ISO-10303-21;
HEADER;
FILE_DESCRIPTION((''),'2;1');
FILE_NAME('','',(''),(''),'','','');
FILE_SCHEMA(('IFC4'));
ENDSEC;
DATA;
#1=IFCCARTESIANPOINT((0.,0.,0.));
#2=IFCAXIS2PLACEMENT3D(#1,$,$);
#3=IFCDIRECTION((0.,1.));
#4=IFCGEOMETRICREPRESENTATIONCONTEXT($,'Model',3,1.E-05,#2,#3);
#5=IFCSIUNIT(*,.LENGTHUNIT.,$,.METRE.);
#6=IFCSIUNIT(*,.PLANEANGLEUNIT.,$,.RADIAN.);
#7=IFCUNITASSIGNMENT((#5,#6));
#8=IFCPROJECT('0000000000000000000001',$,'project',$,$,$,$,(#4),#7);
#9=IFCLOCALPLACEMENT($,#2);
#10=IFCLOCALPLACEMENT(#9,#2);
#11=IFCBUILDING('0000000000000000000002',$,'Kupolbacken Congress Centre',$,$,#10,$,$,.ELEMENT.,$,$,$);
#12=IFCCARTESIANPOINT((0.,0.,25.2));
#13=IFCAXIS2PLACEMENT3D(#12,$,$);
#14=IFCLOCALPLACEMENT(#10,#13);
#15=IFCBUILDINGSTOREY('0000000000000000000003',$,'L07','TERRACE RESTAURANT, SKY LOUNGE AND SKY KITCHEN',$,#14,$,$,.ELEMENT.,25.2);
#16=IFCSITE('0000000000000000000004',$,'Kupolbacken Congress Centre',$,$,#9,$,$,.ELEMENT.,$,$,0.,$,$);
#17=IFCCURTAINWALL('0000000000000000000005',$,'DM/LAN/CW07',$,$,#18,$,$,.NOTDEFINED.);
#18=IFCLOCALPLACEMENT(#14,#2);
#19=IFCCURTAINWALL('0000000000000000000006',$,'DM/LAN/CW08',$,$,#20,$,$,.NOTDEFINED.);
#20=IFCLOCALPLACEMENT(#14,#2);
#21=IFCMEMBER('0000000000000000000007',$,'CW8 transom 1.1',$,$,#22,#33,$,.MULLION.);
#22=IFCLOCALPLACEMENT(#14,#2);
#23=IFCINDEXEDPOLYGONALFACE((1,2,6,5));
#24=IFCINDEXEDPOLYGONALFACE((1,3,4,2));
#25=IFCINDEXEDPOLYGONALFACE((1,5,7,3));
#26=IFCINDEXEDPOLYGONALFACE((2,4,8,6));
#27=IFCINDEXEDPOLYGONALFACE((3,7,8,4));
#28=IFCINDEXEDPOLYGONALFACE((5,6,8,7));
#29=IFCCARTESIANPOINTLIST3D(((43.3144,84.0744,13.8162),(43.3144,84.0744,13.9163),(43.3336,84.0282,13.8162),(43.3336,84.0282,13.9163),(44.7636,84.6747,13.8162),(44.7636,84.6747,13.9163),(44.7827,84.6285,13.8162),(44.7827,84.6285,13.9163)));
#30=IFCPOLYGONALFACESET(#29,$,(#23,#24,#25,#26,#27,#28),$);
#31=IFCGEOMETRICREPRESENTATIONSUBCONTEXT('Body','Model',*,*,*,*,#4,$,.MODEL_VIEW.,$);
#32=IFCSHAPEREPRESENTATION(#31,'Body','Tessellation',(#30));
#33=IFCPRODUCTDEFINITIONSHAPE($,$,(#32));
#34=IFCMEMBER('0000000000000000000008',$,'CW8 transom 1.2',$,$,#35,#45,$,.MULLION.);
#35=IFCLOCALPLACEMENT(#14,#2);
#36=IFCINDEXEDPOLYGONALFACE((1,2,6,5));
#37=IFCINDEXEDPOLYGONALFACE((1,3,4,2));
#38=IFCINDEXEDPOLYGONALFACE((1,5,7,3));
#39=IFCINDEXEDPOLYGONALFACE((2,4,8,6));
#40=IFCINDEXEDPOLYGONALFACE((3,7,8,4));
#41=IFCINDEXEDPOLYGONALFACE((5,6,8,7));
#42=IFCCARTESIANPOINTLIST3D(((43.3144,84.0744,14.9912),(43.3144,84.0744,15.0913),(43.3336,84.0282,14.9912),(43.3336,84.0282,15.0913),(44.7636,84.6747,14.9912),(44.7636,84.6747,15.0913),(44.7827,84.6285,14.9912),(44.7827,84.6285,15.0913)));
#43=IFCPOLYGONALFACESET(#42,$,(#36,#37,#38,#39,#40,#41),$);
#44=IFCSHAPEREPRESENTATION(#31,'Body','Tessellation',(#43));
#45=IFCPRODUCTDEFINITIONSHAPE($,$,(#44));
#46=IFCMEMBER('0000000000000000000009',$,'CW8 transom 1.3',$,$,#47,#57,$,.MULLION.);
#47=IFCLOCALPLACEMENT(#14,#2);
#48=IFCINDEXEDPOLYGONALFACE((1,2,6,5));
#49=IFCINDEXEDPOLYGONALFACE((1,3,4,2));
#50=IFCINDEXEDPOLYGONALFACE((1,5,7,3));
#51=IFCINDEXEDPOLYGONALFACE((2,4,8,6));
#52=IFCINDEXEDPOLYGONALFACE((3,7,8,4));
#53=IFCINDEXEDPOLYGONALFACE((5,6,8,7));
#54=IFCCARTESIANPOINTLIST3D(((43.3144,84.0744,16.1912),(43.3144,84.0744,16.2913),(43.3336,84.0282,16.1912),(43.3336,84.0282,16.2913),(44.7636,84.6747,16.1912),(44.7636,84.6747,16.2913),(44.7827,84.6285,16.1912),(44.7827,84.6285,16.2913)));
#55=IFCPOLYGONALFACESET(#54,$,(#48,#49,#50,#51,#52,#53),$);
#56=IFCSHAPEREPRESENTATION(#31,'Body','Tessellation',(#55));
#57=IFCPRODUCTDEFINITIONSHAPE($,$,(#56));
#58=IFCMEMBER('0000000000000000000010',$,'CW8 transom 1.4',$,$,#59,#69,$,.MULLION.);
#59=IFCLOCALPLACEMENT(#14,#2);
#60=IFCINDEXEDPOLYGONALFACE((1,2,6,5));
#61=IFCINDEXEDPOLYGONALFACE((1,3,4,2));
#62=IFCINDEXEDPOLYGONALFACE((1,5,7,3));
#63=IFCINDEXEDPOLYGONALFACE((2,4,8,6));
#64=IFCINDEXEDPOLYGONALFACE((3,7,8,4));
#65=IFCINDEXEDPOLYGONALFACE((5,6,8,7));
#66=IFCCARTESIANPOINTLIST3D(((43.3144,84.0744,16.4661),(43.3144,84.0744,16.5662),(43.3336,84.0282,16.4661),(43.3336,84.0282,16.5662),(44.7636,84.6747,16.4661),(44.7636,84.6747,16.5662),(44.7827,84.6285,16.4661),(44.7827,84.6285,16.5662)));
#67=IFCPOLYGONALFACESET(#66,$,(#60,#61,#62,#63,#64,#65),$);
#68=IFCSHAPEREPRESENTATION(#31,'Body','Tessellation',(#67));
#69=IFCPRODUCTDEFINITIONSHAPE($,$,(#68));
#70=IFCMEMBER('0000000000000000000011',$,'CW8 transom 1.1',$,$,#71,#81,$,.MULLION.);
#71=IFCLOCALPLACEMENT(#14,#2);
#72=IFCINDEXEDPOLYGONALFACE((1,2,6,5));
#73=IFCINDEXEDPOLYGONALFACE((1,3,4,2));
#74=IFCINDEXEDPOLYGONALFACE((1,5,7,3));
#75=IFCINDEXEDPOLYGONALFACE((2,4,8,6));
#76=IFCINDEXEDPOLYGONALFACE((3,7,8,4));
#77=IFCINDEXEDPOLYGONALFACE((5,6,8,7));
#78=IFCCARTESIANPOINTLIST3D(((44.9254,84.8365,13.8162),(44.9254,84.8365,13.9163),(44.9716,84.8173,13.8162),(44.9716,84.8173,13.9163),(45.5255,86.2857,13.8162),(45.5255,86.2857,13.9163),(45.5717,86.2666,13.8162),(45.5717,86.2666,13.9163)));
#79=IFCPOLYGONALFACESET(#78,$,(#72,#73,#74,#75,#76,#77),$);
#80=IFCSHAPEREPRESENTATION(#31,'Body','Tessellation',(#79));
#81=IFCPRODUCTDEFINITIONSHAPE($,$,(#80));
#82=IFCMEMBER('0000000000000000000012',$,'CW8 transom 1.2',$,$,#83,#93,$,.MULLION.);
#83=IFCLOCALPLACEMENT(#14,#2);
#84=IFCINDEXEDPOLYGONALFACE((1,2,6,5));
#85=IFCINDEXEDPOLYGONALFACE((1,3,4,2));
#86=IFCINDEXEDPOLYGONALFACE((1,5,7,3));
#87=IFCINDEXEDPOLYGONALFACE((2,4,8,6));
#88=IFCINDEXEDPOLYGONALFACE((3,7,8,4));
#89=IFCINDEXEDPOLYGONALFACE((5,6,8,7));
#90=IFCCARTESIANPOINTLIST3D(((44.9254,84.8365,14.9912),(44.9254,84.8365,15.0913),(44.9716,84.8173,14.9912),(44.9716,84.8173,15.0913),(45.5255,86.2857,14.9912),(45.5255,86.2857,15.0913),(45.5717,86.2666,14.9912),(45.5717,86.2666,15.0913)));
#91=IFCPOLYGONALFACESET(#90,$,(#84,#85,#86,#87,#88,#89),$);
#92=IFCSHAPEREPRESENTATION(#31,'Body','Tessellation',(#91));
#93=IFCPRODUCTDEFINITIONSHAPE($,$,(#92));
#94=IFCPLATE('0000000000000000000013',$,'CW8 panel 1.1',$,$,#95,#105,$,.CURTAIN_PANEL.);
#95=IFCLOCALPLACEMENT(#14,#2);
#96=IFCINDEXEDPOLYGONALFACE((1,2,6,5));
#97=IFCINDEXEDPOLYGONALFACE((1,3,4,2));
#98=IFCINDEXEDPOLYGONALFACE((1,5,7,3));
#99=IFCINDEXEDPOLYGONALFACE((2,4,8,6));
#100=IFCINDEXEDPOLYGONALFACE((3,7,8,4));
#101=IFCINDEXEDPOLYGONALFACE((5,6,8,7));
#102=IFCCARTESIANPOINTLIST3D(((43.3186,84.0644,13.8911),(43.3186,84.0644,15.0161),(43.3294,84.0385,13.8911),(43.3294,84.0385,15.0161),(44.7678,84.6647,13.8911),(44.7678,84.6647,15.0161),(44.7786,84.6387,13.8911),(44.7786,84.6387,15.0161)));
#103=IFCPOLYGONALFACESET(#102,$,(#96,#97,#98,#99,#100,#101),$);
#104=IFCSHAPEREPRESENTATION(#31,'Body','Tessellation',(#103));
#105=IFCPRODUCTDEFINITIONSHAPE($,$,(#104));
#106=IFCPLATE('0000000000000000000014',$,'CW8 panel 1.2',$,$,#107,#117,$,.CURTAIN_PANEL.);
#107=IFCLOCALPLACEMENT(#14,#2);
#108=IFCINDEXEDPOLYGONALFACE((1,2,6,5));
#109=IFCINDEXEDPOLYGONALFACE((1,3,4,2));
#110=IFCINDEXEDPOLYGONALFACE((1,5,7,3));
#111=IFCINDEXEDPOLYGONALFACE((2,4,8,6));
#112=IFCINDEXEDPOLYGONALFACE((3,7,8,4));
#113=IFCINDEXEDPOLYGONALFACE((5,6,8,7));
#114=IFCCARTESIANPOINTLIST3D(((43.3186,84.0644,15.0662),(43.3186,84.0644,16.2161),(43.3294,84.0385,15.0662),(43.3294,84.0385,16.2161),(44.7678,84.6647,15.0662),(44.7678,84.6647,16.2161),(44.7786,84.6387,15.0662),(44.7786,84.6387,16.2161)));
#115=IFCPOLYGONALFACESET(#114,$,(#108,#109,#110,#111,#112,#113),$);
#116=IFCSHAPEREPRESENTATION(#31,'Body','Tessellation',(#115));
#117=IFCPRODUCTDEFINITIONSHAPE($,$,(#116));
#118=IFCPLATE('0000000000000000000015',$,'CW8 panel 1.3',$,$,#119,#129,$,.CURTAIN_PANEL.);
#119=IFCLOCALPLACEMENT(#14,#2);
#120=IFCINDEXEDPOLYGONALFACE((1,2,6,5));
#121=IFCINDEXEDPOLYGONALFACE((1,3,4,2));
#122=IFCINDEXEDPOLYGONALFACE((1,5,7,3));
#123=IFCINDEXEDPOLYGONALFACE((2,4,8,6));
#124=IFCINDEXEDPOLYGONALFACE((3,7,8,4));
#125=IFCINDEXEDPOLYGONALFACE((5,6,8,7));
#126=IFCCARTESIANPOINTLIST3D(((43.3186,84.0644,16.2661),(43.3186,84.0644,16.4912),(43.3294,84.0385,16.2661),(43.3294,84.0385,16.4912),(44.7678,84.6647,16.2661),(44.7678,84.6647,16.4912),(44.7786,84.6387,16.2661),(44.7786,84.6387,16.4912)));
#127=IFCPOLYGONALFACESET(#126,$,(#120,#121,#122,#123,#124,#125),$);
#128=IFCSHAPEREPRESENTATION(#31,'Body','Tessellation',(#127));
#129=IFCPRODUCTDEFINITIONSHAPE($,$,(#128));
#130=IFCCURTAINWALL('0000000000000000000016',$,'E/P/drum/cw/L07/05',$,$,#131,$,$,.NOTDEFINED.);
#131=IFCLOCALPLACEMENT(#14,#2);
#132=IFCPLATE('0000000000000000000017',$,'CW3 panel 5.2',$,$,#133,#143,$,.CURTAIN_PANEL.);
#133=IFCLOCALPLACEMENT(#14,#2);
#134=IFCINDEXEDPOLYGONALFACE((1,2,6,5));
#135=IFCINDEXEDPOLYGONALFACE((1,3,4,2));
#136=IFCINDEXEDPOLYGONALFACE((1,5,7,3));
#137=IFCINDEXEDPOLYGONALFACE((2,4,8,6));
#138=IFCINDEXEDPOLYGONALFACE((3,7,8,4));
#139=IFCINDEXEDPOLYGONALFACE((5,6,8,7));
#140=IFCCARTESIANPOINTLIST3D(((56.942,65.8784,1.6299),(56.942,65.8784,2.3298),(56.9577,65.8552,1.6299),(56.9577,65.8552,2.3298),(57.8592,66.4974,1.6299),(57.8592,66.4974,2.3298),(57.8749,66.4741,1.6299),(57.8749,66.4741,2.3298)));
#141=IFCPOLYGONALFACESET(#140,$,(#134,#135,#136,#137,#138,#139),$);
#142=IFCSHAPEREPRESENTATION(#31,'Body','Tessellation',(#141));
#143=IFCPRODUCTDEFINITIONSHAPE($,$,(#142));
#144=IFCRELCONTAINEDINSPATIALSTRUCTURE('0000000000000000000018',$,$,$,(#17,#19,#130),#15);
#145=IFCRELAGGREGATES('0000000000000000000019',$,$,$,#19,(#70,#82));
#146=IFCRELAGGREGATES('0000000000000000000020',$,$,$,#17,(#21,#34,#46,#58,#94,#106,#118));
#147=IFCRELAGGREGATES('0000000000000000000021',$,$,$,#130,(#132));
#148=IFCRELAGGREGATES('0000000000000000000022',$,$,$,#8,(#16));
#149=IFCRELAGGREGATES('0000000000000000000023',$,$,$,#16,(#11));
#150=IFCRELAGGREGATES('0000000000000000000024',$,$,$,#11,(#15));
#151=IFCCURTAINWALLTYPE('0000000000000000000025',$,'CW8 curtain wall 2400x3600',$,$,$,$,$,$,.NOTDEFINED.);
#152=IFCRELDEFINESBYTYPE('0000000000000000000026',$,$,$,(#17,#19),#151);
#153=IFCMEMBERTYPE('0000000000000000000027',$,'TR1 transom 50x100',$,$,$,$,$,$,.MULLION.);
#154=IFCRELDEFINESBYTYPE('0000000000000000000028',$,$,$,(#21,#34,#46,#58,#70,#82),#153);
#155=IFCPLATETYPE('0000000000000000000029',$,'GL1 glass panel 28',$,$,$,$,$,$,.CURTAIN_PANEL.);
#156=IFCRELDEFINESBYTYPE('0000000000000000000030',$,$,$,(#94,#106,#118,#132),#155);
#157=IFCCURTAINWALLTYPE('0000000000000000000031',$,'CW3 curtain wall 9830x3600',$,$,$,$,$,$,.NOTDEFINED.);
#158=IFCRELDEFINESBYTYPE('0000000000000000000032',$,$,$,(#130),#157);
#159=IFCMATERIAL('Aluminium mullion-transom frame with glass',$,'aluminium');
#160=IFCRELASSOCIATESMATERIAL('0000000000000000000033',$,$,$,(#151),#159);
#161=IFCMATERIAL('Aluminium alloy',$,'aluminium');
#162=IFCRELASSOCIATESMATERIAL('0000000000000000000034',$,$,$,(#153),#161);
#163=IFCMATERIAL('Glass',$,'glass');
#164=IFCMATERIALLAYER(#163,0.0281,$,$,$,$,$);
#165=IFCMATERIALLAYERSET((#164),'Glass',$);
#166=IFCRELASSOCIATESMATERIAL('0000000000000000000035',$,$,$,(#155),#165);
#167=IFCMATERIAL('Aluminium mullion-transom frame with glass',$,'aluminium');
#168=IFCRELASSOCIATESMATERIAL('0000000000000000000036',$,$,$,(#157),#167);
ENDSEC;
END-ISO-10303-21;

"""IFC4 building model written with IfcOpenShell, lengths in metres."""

from ifc_helpers import new_model, si_unit, direction, frame, origin, origin_2d, place, context, subcontext, project, spatial, rectangle, extrude, material, layer, layer_set, material_profile, profile_set, type_object, element, aggregate, save


model = new_model("IFC4")

# Units and contexts
model_context = context("Model", 3, precision=1e-05, world=origin(), true_north=direction((0.0, 1.0)))
body_context = subcontext(model_context, "Body", "Model", "MODEL_VIEW")
ifc_project = project(units=[si_unit("LENGTHUNIT", "METRE"), si_unit("PLANEANGLEUNIT", "RADIAN")], contexts=[model_context])

# Site, building, storey
site_placement = place(None, origin())
site = spatial("IfcSite", under=ifc_project, at=site_placement, Name="Kupolbacken Congress Centre", CompositionType="ELEMENT", RefElevation=0.0)
building_placement = place(site_placement, origin())
building = spatial("IfcBuilding", under=site, at=building_placement, Name="Kupolbacken Congress Centre", CompositionType="ELEMENT")
storey_placement = place(building_placement, frame((0.0, 0.0, 25.2)))
storey = spatial("IfcBuildingStorey", under=building, at=storey_placement, Name="L07", Description="TERRACE RESTAURANT, SKY LOUNGE AND SKY KITCHEN", CompositionType="ELEMENT", Elevation=25.2)

# Curtain walls
ifc_material_1 = material(Name="Aluminium mullion-transom frame with glass", Category="aluminium")
curtain_wall_type_1 = type_object("IfcCurtainWallType", Name="CW8 curtain wall 2400x3600", PredefinedType="NOTDEFINED", material=ifc_material_1)
curtain_wall_1_placement = place(storey_placement, origin())
curtain_wall_1 = element("IfcCurtainWall", 1, at=curtain_wall_1_placement, inside=storey, type_object=curtain_wall_type_1, Name="DM/LAN/CW07", PredefinedType="NOTDEFINED")
curtain_wall_2_placement = place(storey_placement, origin())
curtain_wall_2 = element("IfcCurtainWall", 2, at=curtain_wall_2_placement, inside=storey, type_object=curtain_wall_type_1, Name="DM/LAN/CW08", PredefinedType="NOTDEFINED")

# Members
ifc_material_2 = material(Name="Aluminium alloy", Category="aluminium")
ifc_material_profile_1 = material_profile(ifc_material_2, rectangle(XDim=0.05, YDim=0.1001, at=origin_2d()), Name="50 x 100")
ifc_profile_set_1 = profile_set([ifc_material_profile_1], Name="Aluminium alloy")
member_type_1 = type_object("IfcMemberType", Name="TR1 transom 50x100", PredefinedType="MULLION", material=ifc_profile_set_1)
member_1_placement = place(storey_placement, frame((43.324, 84.0513, 13.8662), z_axis=(0.923867, 0.382714, 0.0), x_axis=(-0.382714, 0.923867, 0.0)))
member_1 = element("IfcMember", 3, at=member_1_placement, type_object=member_type_1, Name="CW8 transom 1.1", PredefinedType="MULLION", context=body_context, shape_type="SweptSolid", body=[
    extrude(rectangle(XDim=0.05, YDim=0.1001, at=origin_2d()), origin(), (0.0, 0.0, 1.0), 1.5686),
])
member_2_placement = place(storey_placement, frame((43.324, 84.0513, 15.0413), z_axis=(0.923867, 0.382714, 0.0), x_axis=(-0.382714, 0.923867, 0.0)))
member_2 = element("IfcMember", 4, at=member_2_placement, type_object=member_type_1, Name="CW8 transom 1.2", PredefinedType="MULLION", context=body_context, shape_type="SweptSolid", body=[
    extrude(rectangle(XDim=0.05, YDim=0.1001, at=origin_2d()), origin(), (0.0, 0.0, 1.0), 1.5686),
])
member_3_placement = place(storey_placement, frame((43.324, 84.0513, 16.2412), z_axis=(0.923867, 0.382714, 0.0), x_axis=(-0.382714, 0.923867, 0.0)))
member_3 = element("IfcMember", 5, at=member_3_placement, type_object=member_type_1, Name="CW8 transom 1.3", PredefinedType="MULLION", context=body_context, shape_type="SweptSolid", body=[
    extrude(rectangle(XDim=0.05, YDim=0.1001, at=origin_2d()), origin(), (0.0, 0.0, 1.0), 1.5686),
])
member_4_placement = place(storey_placement, frame((43.324, 84.0513, 16.5161), z_axis=(0.923867, 0.382714, 0.0), x_axis=(-0.382714, 0.923867, 0.0)))
member_4 = element("IfcMember", 6, at=member_4_placement, type_object=member_type_1, Name="CW8 transom 1.4", PredefinedType="MULLION", context=body_context, shape_type="SweptSolid", body=[
    extrude(rectangle(XDim=0.05, YDim=0.1001, at=origin_2d()), origin(), (0.0, 0.0, 1.0), 1.5686),
])
member_5_placement = place(storey_placement, frame((44.9485, 84.8269, 13.8662), z_axis=(0.382581, 0.923922, 0.0), x_axis=(-0.923922, 0.382581, 0.0)))
member_5 = element("IfcMember", 7, at=member_5_placement, type_object=member_type_1, Name="CW8 transom 1.1", PredefinedType="MULLION", context=body_context, shape_type="SweptSolid", body=[
    extrude(rectangle(XDim=0.05, YDim=0.1001, at=origin_2d()), origin(), (0.0, 0.0, 1.0), 1.5686),
])
member_6_placement = place(storey_placement, frame((44.9485, 84.8269, 15.0413), z_axis=(0.382581, 0.923922, 0.0), x_axis=(-0.923922, 0.382581, 0.0)))
member_6 = element("IfcMember", 8, at=member_6_placement, type_object=member_type_1, Name="CW8 transom 1.2", PredefinedType="MULLION", context=body_context, shape_type="SweptSolid", body=[
    extrude(rectangle(XDim=0.05, YDim=0.1001, at=origin_2d()), origin(), (0.0, 0.0, 1.0), 1.5686),
])
aggregate(curtain_wall_2, [member_5, member_6])

# Plates
ifc_material_3 = material(Name="Glass", Category="glass")
ifc_layer = layer(ifc_material_3, 0.0281)
ifc_layer_set = layer_set([ifc_layer], Name="Glass")
plate_type = type_object("IfcPlateType", Name="GL1 glass panel 28", PredefinedType="CURTAIN_PANEL", material=ifc_layer_set)
plate_1_placement = place(storey_placement, frame((44.0486, 84.3516, 13.8911), z_axis=(0.0, 0.0, 1.0), x_axis=(0.92388, 0.382683, 0.0)))
plate_1 = element("IfcPlate", 9, at=plate_1_placement, type_object=plate_type, Name="CW8 panel 1.1", PredefinedType="CURTAIN_PANEL", context=body_context, shape_type="SweptSolid", body=[
    extrude(rectangle(XDim=1.5686, YDim=0.0281, at=origin_2d()), origin(), (0.0, 0.0, 1.0), 1.125),
])
plate_2_placement = place(storey_placement, frame((44.0486, 84.3516, 15.0662), z_axis=(0.0, 0.0, 1.0), x_axis=(0.92388, 0.382683, 0.0)))
plate_2 = element("IfcPlate", 10, at=plate_2_placement, type_object=plate_type, Name="CW8 panel 1.2", PredefinedType="CURTAIN_PANEL", context=body_context, shape_type="SweptSolid", body=[
    extrude(rectangle(XDim=1.5686, YDim=0.0281, at=origin_2d()), origin(), (0.0, 0.0, 1.0), 1.1499),
])
plate_3_placement = place(storey_placement, frame((44.0486, 84.3516, 16.2661), z_axis=(0.0, 0.0, 1.0), x_axis=(0.92388, 0.382683, 0.0)))
plate_3 = element("IfcPlate", 11, at=plate_3_placement, type_object=plate_type, Name="CW8 panel 1.3", PredefinedType="CURTAIN_PANEL", context=body_context, shape_type="SweptSolid", body=[
    extrude(rectangle(XDim=1.5686, YDim=0.0281, at=origin_2d()), origin(), (0.0, 0.0, 1.0), 0.2251),
])
aggregate(curtain_wall_1, [member_1, member_2, member_3, member_4, plate_1, plate_2, plate_3])

# Curtain wall, plate
ifc_material_4 = material(Name="Aluminium mullion-transom frame with glass", Category="aluminium")
curtain_wall_type_2 = type_object("IfcCurtainWallType", Name="CW3 curtain wall 9830x3600", PredefinedType="NOTDEFINED", material=ifc_material_4)
curtain_wall_3_placement = place(storey_placement, origin())
curtain_wall_3 = element("IfcCurtainWall", 12, at=curtain_wall_3_placement, inside=storey, type_object=curtain_wall_type_2, Name="E/P/drum/cw/L07/05", PredefinedType="NOTDEFINED")
plate_4_placement = place(storey_placement, frame((57.4084, 66.1763, 1.6299), z_axis=(0.0, 0.0, 1.0), x_axis=(0.828908, 0.559386, 0.0)))
plate_4 = element("IfcPlate", 13, at=plate_4_placement, type_object=plate_type, Name="CW3 panel 5.2", PredefinedType="CURTAIN_PANEL", context=body_context, shape_type="SweptSolid", body=[
    extrude(rectangle(XDim=1.1064, YDim=0.0281, at=origin_2d()), origin(), (0.0, 0.0, 1.0), 0.7),
])
aggregate(curtain_wall_3, [plate_4])

save(model, "model.ifc")
